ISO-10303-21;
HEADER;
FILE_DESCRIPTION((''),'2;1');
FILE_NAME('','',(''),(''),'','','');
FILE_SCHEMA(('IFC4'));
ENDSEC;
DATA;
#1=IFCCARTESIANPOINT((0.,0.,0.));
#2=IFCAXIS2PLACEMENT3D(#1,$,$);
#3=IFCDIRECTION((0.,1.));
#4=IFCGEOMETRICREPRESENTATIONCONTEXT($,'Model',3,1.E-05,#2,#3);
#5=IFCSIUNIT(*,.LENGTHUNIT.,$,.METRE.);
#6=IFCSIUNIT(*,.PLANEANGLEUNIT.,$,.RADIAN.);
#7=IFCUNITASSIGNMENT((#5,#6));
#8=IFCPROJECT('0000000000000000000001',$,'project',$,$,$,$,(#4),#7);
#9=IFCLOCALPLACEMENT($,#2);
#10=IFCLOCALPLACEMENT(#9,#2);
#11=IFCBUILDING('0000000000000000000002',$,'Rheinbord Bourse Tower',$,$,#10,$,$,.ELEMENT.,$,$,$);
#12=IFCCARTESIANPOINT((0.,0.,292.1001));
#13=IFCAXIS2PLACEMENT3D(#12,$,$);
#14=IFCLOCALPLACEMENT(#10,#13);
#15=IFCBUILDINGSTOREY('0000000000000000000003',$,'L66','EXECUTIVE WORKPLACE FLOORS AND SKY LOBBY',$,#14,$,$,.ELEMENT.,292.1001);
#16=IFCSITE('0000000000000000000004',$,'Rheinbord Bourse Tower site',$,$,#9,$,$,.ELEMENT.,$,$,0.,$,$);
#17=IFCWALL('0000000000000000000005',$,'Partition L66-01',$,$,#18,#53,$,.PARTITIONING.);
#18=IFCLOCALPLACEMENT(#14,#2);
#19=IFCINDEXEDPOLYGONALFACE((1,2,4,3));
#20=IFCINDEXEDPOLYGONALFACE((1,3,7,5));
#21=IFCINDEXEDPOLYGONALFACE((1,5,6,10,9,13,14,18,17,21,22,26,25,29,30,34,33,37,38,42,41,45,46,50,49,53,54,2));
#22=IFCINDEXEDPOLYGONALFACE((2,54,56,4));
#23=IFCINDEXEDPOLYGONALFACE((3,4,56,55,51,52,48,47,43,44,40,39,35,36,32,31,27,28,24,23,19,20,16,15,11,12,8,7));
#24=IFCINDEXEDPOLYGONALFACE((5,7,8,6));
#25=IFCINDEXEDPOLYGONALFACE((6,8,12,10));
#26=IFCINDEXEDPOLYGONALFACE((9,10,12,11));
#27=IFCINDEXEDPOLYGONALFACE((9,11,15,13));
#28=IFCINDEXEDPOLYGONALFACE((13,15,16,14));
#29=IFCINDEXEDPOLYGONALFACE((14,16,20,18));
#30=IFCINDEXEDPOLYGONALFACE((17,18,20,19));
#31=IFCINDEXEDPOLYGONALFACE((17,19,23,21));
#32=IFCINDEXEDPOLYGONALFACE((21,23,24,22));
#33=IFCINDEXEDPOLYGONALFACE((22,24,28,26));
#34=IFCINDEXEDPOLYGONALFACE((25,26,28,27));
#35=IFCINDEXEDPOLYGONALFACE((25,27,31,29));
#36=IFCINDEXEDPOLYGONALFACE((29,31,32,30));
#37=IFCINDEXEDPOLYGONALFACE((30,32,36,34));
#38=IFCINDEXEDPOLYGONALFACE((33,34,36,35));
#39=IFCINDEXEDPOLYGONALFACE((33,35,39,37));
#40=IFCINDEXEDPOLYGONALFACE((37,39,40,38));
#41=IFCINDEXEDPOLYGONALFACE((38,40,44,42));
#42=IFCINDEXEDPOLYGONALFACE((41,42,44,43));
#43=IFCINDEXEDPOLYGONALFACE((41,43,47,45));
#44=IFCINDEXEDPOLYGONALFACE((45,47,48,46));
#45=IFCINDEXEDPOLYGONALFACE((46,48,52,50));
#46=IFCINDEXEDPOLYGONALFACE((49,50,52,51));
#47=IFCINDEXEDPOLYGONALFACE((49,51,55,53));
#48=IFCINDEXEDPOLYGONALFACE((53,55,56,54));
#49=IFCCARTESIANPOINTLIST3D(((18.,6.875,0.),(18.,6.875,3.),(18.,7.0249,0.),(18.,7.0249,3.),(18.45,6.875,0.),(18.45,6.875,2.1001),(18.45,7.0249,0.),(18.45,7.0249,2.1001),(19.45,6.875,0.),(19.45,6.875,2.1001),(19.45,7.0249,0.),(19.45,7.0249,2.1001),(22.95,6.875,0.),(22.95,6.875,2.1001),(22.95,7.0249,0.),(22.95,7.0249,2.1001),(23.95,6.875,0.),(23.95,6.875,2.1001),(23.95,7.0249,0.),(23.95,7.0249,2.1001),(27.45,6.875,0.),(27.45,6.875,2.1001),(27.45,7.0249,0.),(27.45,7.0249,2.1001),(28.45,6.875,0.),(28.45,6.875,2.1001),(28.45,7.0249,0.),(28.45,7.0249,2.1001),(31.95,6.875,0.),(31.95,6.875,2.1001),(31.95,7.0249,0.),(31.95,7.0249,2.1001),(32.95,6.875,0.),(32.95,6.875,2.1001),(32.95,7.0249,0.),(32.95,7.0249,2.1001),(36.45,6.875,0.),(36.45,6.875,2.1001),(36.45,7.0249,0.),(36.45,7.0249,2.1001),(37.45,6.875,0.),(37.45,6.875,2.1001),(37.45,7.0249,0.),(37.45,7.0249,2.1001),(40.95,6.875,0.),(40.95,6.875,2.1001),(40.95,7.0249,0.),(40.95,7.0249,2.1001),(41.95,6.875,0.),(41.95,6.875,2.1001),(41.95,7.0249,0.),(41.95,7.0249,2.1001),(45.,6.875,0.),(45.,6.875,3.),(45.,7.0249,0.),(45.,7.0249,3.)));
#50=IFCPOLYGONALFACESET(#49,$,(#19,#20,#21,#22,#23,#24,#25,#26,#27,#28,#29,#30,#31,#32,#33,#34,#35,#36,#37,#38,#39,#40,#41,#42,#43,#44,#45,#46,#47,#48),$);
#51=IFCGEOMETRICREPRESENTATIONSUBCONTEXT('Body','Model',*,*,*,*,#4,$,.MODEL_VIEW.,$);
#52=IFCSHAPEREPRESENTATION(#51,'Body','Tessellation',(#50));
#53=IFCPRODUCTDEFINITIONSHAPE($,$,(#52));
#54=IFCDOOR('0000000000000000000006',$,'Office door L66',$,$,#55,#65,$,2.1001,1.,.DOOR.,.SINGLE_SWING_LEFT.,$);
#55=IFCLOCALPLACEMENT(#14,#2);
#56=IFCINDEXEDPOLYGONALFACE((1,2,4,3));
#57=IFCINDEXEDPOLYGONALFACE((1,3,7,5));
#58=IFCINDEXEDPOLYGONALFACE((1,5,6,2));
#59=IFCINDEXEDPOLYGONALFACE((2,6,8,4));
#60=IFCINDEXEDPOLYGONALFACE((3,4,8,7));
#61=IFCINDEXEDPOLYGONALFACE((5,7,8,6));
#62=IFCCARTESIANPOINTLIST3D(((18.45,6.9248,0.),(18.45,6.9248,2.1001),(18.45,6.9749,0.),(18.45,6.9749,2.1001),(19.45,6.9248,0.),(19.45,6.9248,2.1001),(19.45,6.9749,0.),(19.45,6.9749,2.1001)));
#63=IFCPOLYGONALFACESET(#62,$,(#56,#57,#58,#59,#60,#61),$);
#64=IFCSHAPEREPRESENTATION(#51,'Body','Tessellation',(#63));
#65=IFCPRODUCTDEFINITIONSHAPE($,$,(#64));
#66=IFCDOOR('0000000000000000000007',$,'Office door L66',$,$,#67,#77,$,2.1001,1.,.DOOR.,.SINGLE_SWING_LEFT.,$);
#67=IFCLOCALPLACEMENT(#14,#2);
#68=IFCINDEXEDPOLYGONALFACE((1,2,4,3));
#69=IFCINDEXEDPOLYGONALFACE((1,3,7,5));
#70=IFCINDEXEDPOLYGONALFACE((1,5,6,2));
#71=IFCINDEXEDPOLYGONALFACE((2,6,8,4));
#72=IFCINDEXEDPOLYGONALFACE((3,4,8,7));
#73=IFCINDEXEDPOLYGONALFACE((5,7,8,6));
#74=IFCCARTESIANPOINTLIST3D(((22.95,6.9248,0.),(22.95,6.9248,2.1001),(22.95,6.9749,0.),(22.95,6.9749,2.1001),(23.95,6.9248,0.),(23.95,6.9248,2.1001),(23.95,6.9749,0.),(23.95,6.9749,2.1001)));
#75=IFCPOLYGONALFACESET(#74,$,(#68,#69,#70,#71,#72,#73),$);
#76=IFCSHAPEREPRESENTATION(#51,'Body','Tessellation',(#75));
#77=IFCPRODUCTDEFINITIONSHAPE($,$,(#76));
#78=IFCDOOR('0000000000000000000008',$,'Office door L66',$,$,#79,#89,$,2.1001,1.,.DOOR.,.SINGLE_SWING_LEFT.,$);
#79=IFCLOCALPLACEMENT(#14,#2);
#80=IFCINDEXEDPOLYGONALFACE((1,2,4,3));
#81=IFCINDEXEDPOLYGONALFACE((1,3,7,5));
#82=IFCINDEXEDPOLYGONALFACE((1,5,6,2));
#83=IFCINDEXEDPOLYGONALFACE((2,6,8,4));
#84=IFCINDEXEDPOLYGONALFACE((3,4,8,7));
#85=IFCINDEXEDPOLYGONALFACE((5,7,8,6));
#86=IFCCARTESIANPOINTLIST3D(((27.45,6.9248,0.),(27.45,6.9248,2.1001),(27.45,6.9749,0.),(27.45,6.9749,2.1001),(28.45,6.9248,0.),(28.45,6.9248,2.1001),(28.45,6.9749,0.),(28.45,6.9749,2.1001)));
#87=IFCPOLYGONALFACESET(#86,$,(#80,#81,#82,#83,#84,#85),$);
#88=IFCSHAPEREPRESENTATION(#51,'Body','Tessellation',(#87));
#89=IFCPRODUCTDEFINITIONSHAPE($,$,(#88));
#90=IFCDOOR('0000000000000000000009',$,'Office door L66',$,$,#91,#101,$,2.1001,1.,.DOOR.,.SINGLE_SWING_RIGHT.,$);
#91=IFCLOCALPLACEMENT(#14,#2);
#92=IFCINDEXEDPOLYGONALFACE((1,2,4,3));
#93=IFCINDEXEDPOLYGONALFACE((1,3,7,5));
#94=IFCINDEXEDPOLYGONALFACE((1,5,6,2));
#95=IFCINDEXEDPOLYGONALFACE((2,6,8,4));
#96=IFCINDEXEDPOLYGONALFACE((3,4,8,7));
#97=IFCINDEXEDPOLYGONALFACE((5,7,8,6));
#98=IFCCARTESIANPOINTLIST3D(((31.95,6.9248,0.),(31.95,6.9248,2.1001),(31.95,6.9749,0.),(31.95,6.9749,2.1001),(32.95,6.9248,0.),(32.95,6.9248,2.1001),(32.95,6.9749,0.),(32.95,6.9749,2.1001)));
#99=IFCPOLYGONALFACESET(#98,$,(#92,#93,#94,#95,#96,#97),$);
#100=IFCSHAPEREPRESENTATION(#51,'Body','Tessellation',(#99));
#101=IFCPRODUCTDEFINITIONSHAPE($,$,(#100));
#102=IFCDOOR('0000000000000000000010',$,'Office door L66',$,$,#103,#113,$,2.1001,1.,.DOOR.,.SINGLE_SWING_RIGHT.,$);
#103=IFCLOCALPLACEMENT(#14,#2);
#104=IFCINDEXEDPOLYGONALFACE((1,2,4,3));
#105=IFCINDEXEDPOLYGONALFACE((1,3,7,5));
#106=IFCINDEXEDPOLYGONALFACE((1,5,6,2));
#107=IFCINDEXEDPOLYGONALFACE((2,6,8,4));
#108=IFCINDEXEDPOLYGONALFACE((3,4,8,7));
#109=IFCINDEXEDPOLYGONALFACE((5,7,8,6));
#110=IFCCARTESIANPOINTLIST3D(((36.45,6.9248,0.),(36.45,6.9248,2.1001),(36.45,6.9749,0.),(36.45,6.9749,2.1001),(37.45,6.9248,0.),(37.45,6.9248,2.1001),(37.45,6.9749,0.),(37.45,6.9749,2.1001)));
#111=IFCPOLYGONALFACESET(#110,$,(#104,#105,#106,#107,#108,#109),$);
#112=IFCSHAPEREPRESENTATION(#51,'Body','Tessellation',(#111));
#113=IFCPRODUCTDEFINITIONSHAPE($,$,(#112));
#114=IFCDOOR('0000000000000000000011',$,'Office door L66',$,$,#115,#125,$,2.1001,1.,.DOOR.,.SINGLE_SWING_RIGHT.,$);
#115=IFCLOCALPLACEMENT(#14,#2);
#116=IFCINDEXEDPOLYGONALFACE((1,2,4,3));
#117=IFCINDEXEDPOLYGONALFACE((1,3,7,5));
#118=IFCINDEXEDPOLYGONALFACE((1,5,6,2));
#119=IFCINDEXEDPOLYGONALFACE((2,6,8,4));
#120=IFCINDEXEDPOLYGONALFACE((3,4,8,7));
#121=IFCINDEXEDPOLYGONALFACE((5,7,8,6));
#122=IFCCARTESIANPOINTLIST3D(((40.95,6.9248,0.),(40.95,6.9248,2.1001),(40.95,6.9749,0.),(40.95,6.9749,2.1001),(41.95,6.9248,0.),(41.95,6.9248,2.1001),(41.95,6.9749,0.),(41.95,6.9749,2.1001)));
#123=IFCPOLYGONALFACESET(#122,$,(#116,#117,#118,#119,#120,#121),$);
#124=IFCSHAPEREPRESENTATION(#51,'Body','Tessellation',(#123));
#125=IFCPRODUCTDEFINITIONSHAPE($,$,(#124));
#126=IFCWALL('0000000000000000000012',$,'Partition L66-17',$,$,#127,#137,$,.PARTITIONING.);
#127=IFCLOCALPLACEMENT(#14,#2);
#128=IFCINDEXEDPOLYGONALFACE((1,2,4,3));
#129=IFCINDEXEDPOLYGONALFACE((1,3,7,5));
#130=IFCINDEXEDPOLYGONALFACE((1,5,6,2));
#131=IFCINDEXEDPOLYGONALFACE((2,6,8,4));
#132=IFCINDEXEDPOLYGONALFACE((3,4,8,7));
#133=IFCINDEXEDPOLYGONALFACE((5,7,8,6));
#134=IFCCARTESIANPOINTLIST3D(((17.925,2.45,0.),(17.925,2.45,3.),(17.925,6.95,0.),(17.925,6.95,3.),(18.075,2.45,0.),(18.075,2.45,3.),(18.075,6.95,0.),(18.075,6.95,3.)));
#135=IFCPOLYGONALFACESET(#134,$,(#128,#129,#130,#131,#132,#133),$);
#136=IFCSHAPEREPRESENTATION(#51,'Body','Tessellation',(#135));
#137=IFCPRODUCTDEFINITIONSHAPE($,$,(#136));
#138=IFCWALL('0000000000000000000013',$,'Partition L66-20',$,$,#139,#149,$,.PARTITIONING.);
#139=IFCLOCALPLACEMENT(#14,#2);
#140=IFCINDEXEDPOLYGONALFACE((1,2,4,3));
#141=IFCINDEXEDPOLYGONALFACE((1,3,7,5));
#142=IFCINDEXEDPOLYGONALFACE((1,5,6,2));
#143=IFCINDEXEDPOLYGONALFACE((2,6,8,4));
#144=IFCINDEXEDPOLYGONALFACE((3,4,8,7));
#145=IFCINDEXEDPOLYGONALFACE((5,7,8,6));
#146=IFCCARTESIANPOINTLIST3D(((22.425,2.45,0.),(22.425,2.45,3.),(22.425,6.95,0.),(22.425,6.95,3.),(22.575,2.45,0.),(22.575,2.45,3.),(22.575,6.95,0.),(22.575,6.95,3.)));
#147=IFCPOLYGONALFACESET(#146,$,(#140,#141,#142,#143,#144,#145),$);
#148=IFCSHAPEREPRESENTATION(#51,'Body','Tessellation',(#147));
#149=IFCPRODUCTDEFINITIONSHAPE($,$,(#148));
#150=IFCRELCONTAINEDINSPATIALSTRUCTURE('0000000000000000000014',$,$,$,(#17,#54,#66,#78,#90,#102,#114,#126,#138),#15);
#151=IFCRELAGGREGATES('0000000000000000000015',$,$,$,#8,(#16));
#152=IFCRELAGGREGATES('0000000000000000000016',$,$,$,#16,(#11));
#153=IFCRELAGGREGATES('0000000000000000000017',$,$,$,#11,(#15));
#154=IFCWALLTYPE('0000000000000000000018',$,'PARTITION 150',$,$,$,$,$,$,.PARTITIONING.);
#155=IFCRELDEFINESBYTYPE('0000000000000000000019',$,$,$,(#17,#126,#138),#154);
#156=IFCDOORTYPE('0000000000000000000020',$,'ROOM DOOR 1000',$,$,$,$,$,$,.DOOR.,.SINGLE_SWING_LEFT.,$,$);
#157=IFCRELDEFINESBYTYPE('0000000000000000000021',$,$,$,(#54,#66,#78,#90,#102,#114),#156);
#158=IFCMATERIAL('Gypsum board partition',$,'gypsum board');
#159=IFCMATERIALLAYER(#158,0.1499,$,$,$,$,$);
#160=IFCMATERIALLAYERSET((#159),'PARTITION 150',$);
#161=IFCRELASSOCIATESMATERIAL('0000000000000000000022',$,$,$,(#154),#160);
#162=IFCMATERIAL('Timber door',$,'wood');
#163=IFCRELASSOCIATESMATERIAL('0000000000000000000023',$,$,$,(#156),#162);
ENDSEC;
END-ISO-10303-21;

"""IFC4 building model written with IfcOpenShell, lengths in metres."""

from ifc_helpers import new_model, si_unit, direction, frame, frame_2d, origin, place, context, subcontext, project, spatial, rectangle, extrude, material, layer, layer_set, type_object, element, fill, save


model = new_model("IFC4")

# Units and contexts
model_context = context("Model", 3, precision=1e-05, world=origin(), true_north=direction((0.0, 1.0)))
body_context = subcontext(model_context, "Body", "Model", "MODEL_VIEW")
ifc_project = project(units=[si_unit("LENGTHUNIT", "METRE"), si_unit("PLANEANGLEUNIT", "RADIAN")], contexts=[model_context])

# Site, building, storey
site_placement = place(None, origin())
site = spatial("IfcSite", under=ifc_project, at=site_placement, Name="Rheinbord Bourse Tower site", CompositionType="ELEMENT", RefElevation=0.0)
building_placement = place(site_placement, origin())
building = spatial("IfcBuilding", under=site, at=building_placement, Name="Rheinbord Bourse Tower", CompositionType="ELEMENT")
storey_placement = place(building_placement, frame((0.0, 0.0, 292.1001)))
storey = spatial("IfcBuildingStorey", under=building, at=storey_placement, Name="L66", Description="EXECUTIVE WORKPLACE FLOORS AND SKY LOBBY", CompositionType="ELEMENT", Elevation=292.1001)

# Wall, openings, doors
ifc_material_1 = material(Name="Gypsum board partition", Category="gypsum board")
ifc_layer_1 = layer(ifc_material_1, 0.1499)
ifc_layer_set_1 = layer_set([ifc_layer_1], Name="PARTITION 150")
wall_type_1 = type_object("IfcWallType", Name="PARTITION 150", PredefinedType="PARTITIONING", material=ifc_layer_set_1)
wall_1_placement = place(storey_placement, frame((18.0, 6.95, 0.0), z_axis=(0.0, 0.0, 1.0), x_axis=(1.0, 0.0, 0.0)))
wall_1 = element("IfcWall", 1, at=wall_1_placement, inside=storey, type_object=wall_type_1, Name="Partition L66-01", PredefinedType="PARTITIONING", context=body_context, shape_type="SweptSolid", body=[
    extrude(rectangle(XDim=27.0, YDim=0.1499, at=frame_2d((13.5, 0.0))), origin(), (0.0, 0.0, 1.0), 3.0),
])
opening_1_placement = place(wall_1_placement, frame((0.45, 0.0, 0.0)))
opening_1 = element("IfcOpeningElement", 2, at=opening_1_placement, cuts=wall_1, PredefinedType="OPENING", context=body_context, shape_type="SweptSolid", body=[
    extrude(rectangle(XDim=1.0, YDim=2.1001, at=frame_2d((0.5, 1.05))), frame((0.0, 0.085, 0.0), z_axis=(0.0, -1.0, 0.0), x_axis=(1.0, 0.0, 0.0)), (0.0, 0.0, 1.0), 0.1699),
])
opening_2_placement = place(wall_1_placement, frame((4.95, 0.0, 0.0)))
opening_2 = element("IfcOpeningElement", 3, at=opening_2_placement, cuts=wall_1, PredefinedType="OPENING", context=body_context, shape_type="SweptSolid", body=[
    extrude(rectangle(XDim=1.0, YDim=2.1001, at=frame_2d((0.5, 1.05))), frame((0.0, 0.085, 0.0), z_axis=(0.0, -1.0, 0.0), x_axis=(1.0, 0.0, 0.0)), (0.0, 0.0, 1.0), 0.1699),
])
opening_3_placement = place(wall_1_placement, frame((9.45, 0.0, 0.0)))
opening_3 = element("IfcOpeningElement", 4, at=opening_3_placement, cuts=wall_1, PredefinedType="OPENING", context=body_context, shape_type="SweptSolid", body=[
    extrude(rectangle(XDim=1.0, YDim=2.1001, at=frame_2d((0.5, 1.05))), frame((0.0, 0.085, 0.0), z_axis=(0.0, -1.0, 0.0), x_axis=(1.0, 0.0, 0.0)), (0.0, 0.0, 1.0), 0.1699),
])
opening_4_placement = place(wall_1_placement, frame((13.95, 0.0, 0.0)))
opening_4 = element("IfcOpeningElement", 5, at=opening_4_placement, cuts=wall_1, PredefinedType="OPENING", context=body_context, shape_type="SweptSolid", body=[
    extrude(rectangle(XDim=1.0, YDim=2.1001, at=frame_2d((0.5, 1.05))), frame((0.0, 0.085, 0.0), z_axis=(0.0, -1.0, 0.0), x_axis=(1.0, 0.0, 0.0)), (0.0, 0.0, 1.0), 0.1699),
])
opening_5_placement = place(wall_1_placement, frame((18.45, 0.0, 0.0)))
opening_5 = element("IfcOpeningElement", 6, at=opening_5_placement, cuts=wall_1, PredefinedType="OPENING", context=body_context, shape_type="SweptSolid", body=[
    extrude(rectangle(XDim=1.0, YDim=2.1001, at=frame_2d((0.5, 1.05))), frame((0.0, 0.085, 0.0), z_axis=(0.0, -1.0, 0.0), x_axis=(1.0, 0.0, 0.0)), (0.0, 0.0, 1.0), 0.1699),
])
opening_6_placement = place(wall_1_placement, frame((22.95, 0.0, 0.0)))
opening_6 = element("IfcOpeningElement", 7, at=opening_6_placement, cuts=wall_1, PredefinedType="OPENING", context=body_context, shape_type="SweptSolid", body=[
    extrude(rectangle(XDim=1.0, YDim=2.1001, at=frame_2d((0.5, 1.05))), frame((0.0, 0.085, 0.0), z_axis=(0.0, -1.0, 0.0), x_axis=(1.0, 0.0, 0.0)), (0.0, 0.0, 1.0), 0.1699),
])
ifc_material_2 = material(Name="Timber door", Category="wood")
door_type_1 = type_object("IfcDoorType", Name="ROOM DOOR 1000", OperationType="SINGLE_SWING_LEFT", PredefinedType="DOOR", material=ifc_material_2)
door_1_placement = place(opening_1_placement, origin())
door_1 = element("IfcDoor", 8, at=door_1_placement, inside=storey, type_object=door_type_1, Name="Office door L66", OperationType="SINGLE_SWING_LEFT", OverallHeight=2.1001, OverallWidth=1.0, PredefinedType="DOOR", context=body_context, shape_type="SweptSolid", body=[
    extrude(rectangle(XDim=1.0, YDim=2.1001, at=frame_2d((0.5, 1.05))), frame((0.0, 0.0249, 0.0), z_axis=(0.0, -1.0, 0.0), x_axis=(1.0, 0.0, 0.0)), (0.0, 0.0, 1.0), 0.05),
])
fill(opening_1, door_1)
door_2_placement = place(opening_2_placement, origin())
door_2 = element("IfcDoor", 9, at=door_2_placement, inside=storey, type_object=door_type_1, Name="Office door L66", OperationType="SINGLE_SWING_LEFT", OverallHeight=2.1001, OverallWidth=1.0, PredefinedType="DOOR", context=body_context, shape_type="SweptSolid", body=[
    extrude(rectangle(XDim=1.0, YDim=2.1001, at=frame_2d((0.5, 1.05))), frame((0.0, 0.0249, 0.0), z_axis=(0.0, -1.0, 0.0), x_axis=(1.0, 0.0, 0.0)), (0.0, 0.0, 1.0), 0.05),
])
fill(opening_2, door_2)
door_3_placement = place(opening_3_placement, origin())
door_3 = element("IfcDoor", 10, at=door_3_placement, inside=storey, type_object=door_type_1, Name="Office door L66", OperationType="SINGLE_SWING_LEFT", OverallHeight=2.1001, OverallWidth=1.0, PredefinedType="DOOR", context=body_context, shape_type="SweptSolid", body=[
    extrude(rectangle(XDim=1.0, YDim=2.1001, at=frame_2d((0.5, 1.05))), frame((0.0, 0.0249, 0.0), z_axis=(0.0, -1.0, 0.0), x_axis=(1.0, 0.0, 0.0)), (0.0, 0.0, 1.0), 0.05),
])
fill(opening_3, door_3)
door_4_placement = place(opening_4_placement, origin())
door_4 = element("IfcDoor", 11, at=door_4_placement, inside=storey, type_object=door_type_1, Name="Office door L66", OperationType="SINGLE_SWING_RIGHT", OverallHeight=2.1001, OverallWidth=1.0, PredefinedType="DOOR", context=body_context, shape_type="SweptSolid", body=[
    extrude(rectangle(XDim=1.0, YDim=2.1001, at=frame_2d((0.5, 1.05))), frame((0.0, 0.0249, 0.0), z_axis=(0.0, -1.0, 0.0), x_axis=(1.0, 0.0, 0.0)), (0.0, 0.0, 1.0), 0.05),
])
fill(opening_4, door_4)
door_5_placement = place(opening_5_placement, origin())
door_5 = element("IfcDoor", 12, at=door_5_placement, inside=storey, type_object=door_type_1, Name="Office door L66", OperationType="SINGLE_SWING_RIGHT", OverallHeight=2.1001, OverallWidth=1.0, PredefinedType="DOOR", context=body_context, shape_type="SweptSolid", body=[
    extrude(rectangle(XDim=1.0, YDim=2.1001, at=frame_2d((0.5, 1.05))), frame((0.0, 0.0249, 0.0), z_axis=(0.0, -1.0, 0.0), x_axis=(1.0, 0.0, 0.0)), (0.0, 0.0, 1.0), 0.05),
])
fill(opening_5, door_5)
door_6_placement = place(opening_6_placement, origin())
door_6 = element("IfcDoor", 13, at=door_6_placement, inside=storey, type_object=door_type_1, Name="Office door L66", OperationType="SINGLE_SWING_RIGHT", OverallHeight=2.1001, OverallWidth=1.0, PredefinedType="DOOR", context=body_context, shape_type="SweptSolid", body=[
    extrude(rectangle(XDim=1.0, YDim=2.1001, at=frame_2d((0.5, 1.05))), frame((0.0, 0.0249, 0.0), z_axis=(0.0, -1.0, 0.0), x_axis=(1.0, 0.0, 0.0)), (0.0, 0.0, 1.0), 0.05),
])
fill(opening_6, door_6)

# Walls
for number, where, z_axis, x_axis, name in (
    (14, (18.0, 2.45, 0.0), (0.0, 0.0, 1.0), (0.0, 1.0, 0.0), "Partition L66-17"),
    (15, (22.5, 2.45, 0.0), (0.0, 0.0, 1.0), (0.0, 1.0, 0.0), "Partition L66-20"),
):
    element("IfcWall", number, at=place(storey_placement, frame(where, z_axis=z_axis, x_axis=x_axis)), inside=storey, type_object=wall_type_1, Name=name, PredefinedType="PARTITIONING", context=body_context, shape_type="SweptSolid", body=[
        extrude(rectangle(XDim=4.5, YDim=0.1499, at=frame_2d((2.25, 0.0))), origin(), (0.0, 0.0, 1.0), 3.0),
    ])

save(model, "model.ifc")
